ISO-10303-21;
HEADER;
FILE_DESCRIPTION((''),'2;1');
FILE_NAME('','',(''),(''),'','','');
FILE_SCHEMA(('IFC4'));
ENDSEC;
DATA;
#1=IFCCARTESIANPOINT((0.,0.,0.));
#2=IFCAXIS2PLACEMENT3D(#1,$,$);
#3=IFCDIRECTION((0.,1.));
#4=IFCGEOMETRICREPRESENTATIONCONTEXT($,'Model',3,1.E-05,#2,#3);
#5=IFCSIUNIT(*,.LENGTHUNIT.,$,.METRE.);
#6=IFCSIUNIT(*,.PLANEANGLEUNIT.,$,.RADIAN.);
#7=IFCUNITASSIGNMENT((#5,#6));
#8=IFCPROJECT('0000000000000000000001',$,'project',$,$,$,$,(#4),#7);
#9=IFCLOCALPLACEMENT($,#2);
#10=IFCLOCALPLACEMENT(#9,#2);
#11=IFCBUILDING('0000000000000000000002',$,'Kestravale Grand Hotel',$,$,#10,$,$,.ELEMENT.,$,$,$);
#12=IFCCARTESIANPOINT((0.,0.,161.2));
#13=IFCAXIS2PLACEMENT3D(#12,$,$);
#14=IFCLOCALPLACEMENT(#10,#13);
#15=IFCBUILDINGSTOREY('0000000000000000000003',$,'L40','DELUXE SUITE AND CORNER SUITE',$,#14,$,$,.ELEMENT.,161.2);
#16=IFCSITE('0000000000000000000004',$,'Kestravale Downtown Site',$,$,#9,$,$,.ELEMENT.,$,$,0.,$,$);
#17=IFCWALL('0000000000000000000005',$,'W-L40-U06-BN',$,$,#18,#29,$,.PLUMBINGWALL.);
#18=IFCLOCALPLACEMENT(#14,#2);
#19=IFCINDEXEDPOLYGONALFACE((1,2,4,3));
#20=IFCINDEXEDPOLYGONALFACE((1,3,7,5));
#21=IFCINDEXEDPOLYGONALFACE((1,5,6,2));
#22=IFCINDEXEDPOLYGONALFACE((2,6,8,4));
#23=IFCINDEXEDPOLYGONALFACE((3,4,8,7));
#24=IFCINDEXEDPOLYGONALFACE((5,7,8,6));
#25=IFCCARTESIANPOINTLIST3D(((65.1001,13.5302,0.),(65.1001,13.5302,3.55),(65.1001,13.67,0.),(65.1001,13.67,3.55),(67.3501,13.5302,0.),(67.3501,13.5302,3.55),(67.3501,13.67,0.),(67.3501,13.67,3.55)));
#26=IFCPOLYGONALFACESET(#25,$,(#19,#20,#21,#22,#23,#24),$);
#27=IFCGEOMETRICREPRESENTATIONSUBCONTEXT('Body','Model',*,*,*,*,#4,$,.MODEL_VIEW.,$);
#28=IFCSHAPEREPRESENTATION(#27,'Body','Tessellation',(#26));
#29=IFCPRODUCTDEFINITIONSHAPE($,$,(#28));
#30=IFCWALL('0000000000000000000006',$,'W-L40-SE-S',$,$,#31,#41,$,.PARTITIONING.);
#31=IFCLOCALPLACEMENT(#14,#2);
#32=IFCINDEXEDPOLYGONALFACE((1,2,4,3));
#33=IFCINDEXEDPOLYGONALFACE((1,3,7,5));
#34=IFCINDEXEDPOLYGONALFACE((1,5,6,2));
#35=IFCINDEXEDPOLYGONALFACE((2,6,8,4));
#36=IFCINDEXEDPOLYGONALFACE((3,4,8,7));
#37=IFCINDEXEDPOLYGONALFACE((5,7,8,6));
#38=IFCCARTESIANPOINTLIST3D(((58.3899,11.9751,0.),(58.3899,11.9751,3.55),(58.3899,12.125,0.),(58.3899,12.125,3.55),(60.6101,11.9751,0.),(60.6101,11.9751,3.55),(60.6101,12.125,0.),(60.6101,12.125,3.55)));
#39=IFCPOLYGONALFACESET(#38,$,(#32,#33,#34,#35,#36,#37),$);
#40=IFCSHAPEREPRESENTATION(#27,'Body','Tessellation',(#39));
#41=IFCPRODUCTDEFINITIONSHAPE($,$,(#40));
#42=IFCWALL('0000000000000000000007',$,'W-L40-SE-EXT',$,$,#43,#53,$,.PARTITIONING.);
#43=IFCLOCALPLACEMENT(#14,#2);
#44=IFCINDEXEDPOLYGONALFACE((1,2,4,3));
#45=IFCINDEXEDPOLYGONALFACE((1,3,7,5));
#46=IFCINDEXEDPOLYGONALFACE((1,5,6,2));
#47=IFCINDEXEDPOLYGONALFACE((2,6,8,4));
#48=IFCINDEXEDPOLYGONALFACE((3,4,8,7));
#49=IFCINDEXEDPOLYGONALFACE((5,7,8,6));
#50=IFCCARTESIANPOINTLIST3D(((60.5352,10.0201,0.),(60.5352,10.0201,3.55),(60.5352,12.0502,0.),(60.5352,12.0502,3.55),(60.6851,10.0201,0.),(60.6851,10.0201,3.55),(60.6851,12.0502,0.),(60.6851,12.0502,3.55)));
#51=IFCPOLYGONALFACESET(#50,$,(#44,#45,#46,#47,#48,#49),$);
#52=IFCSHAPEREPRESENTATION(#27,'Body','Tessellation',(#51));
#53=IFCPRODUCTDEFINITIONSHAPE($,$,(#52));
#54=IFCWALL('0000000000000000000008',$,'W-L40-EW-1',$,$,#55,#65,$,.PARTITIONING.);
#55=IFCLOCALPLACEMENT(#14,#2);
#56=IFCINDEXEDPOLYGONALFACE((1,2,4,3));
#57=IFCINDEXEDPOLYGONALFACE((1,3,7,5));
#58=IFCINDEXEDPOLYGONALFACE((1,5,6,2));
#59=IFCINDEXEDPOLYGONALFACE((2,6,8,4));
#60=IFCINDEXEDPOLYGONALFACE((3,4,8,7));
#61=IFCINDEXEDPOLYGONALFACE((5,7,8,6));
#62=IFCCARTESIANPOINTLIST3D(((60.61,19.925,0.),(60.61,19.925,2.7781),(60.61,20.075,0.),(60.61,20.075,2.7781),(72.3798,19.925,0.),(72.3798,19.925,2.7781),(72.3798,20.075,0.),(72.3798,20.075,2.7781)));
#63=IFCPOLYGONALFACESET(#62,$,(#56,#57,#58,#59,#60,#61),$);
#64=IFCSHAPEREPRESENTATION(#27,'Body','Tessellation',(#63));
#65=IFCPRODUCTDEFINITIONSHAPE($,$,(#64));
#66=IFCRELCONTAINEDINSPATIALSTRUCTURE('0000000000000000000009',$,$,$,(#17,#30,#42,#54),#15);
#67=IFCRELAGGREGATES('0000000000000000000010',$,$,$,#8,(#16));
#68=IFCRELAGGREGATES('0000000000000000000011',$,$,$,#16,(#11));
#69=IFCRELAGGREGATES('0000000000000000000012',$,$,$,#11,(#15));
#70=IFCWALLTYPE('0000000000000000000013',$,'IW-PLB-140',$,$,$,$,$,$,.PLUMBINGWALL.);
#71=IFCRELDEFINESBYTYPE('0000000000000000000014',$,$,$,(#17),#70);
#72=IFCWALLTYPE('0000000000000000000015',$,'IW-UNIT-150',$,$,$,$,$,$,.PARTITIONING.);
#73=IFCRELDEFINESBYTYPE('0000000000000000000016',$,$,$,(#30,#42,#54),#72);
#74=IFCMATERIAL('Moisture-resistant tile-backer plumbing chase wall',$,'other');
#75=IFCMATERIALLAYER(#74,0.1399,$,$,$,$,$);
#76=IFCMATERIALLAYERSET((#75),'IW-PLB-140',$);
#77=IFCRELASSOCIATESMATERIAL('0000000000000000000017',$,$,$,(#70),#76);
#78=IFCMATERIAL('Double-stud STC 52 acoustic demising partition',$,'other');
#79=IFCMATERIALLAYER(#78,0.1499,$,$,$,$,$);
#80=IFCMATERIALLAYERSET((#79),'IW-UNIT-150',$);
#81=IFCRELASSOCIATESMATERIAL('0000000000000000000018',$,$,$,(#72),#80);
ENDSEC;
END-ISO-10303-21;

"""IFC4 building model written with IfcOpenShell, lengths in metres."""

from ifc_helpers import new_model, si_unit, direction, frame, frame_2d, origin, place, context, subcontext, project, spatial, rectangle, extrude, material, layer, layer_set, type_object, element, save


model = new_model("IFC4")

# Units and contexts
model_context = context("Model", 3, precision=1e-05, world=origin(), true_north=direction((0.0, 1.0)))
body_context = subcontext(model_context, "Body", "Model", "MODEL_VIEW")
ifc_project = project(units=[si_unit("LENGTHUNIT", "METRE"), si_unit("PLANEANGLEUNIT", "RADIAN")], contexts=[model_context])

# Site, building, storey
site_placement = place(None, origin())
site = spatial("IfcSite", under=ifc_project, at=site_placement, Name="Kestravale Downtown Site", CompositionType="ELEMENT", RefElevation=0.0)
building_placement = place(site_placement, origin())
building = spatial("IfcBuilding", under=site, at=building_placement, Name="Kestravale Grand Hotel", CompositionType="ELEMENT")
storey_placement = place(building_placement, frame((0.0, 0.0, 161.2)))
storey = spatial("IfcBuildingStorey", under=building, at=storey_placement, Name="L40", Description="DELUXE SUITE AND CORNER SUITE", CompositionType="ELEMENT", Elevation=161.2)

# Shared definitions
ifc_material_1 = material(Name="Moisture-resistant tile-backer plumbing chase wall", Category="other")
ifc_layer_1 = layer(ifc_material_1, 0.1399)
ifc_layer_set_1 = layer_set([ifc_layer_1], Name="IW-PLB-140")
wall_type_1 = type_object("IfcWallType", Name="IW-PLB-140", PredefinedType="PLUMBINGWALL", material=ifc_layer_set_1)

# Walls
for number, where, z_axis, x_axis, name in (
    (1, (65.1001, 13.6001, 0.0), (0.0, 0.0, 1.0), (1.0, 0.0, 0.0), "W-L40-U06-BN"),
):
    element("IfcWall", number, at=place(storey_placement, frame(where, z_axis=z_axis, x_axis=x_axis)), inside=storey, type_object=wall_type_1, Name=name, PredefinedType="PLUMBINGWALL", context=body_context, shape_type="SweptSolid", body=[
        extrude(rectangle(XDim=2.25, YDim=0.1399, at=frame_2d((1.125, 0.0))), origin(), (0.0, 0.0, 1.0), 3.55),
    ])
ifc_material_2 = material(Name="Double-stud STC 52 acoustic demising partition", Category="other")
ifc_layer_2 = layer(ifc_material_2, 0.1499)
ifc_layer_set_2 = layer_set([ifc_layer_2], Name="IW-UNIT-150")
wall_type_2 = type_object("IfcWallType", Name="IW-UNIT-150", PredefinedType="PARTITIONING", material=ifc_layer_set_2)
wall_1_placement = place(storey_placement, frame((58.3899, 12.05, 0.0), z_axis=(0.0, 0.0, 1.0), x_axis=(1.0, 0.0, 0.0)))
element("IfcWall", 2, at=wall_1_placement, inside=storey, type_object=wall_type_2, Name="W-L40-SE-S", PredefinedType="PARTITIONING", context=body_context, shape_type="SweptSolid", body=[
    extrude(rectangle(XDim=2.2202, YDim=0.1499, at=frame_2d((1.1101, 0.0))), origin(), (0.0, 0.0, 1.0), 3.55),
])
wall_2_placement = place(storey_placement, frame((60.6101, 10.02, 0.0), z_axis=(0.0, 0.0, 1.0), x_axis=(0.0, 1.0, 0.0)))
element("IfcWall", 3, at=wall_2_placement, inside=storey, type_object=wall_type_2, Name="W-L40-SE-EXT", PredefinedType="PARTITIONING", context=body_context, shape_type="SweptSolid", body=[
    extrude(rectangle(XDim=2.03, YDim=0.1499, at=frame_2d((1.0151, 0.0))), origin(), (0.0, 0.0, 1.0), 3.55),
])
wall_3_placement = place(storey_placement, frame((60.6101, 20.0, 0.0), z_axis=(0.0, 0.0, 1.0), x_axis=(1.0, 0.0, 0.0)))
element("IfcWall", 4, at=wall_3_placement, inside=storey, type_object=wall_type_2, Name="W-L40-EW-1", PredefinedType="PARTITIONING", context=body_context, shape_type="SweptSolid", body=[
    extrude(rectangle(XDim=11.7698, YDim=0.1499, at=frame_2d((5.8848, 0.0))), origin(), (0.0, 0.0, 1.0), 2.7781),
])

save(model, "model.ifc")
